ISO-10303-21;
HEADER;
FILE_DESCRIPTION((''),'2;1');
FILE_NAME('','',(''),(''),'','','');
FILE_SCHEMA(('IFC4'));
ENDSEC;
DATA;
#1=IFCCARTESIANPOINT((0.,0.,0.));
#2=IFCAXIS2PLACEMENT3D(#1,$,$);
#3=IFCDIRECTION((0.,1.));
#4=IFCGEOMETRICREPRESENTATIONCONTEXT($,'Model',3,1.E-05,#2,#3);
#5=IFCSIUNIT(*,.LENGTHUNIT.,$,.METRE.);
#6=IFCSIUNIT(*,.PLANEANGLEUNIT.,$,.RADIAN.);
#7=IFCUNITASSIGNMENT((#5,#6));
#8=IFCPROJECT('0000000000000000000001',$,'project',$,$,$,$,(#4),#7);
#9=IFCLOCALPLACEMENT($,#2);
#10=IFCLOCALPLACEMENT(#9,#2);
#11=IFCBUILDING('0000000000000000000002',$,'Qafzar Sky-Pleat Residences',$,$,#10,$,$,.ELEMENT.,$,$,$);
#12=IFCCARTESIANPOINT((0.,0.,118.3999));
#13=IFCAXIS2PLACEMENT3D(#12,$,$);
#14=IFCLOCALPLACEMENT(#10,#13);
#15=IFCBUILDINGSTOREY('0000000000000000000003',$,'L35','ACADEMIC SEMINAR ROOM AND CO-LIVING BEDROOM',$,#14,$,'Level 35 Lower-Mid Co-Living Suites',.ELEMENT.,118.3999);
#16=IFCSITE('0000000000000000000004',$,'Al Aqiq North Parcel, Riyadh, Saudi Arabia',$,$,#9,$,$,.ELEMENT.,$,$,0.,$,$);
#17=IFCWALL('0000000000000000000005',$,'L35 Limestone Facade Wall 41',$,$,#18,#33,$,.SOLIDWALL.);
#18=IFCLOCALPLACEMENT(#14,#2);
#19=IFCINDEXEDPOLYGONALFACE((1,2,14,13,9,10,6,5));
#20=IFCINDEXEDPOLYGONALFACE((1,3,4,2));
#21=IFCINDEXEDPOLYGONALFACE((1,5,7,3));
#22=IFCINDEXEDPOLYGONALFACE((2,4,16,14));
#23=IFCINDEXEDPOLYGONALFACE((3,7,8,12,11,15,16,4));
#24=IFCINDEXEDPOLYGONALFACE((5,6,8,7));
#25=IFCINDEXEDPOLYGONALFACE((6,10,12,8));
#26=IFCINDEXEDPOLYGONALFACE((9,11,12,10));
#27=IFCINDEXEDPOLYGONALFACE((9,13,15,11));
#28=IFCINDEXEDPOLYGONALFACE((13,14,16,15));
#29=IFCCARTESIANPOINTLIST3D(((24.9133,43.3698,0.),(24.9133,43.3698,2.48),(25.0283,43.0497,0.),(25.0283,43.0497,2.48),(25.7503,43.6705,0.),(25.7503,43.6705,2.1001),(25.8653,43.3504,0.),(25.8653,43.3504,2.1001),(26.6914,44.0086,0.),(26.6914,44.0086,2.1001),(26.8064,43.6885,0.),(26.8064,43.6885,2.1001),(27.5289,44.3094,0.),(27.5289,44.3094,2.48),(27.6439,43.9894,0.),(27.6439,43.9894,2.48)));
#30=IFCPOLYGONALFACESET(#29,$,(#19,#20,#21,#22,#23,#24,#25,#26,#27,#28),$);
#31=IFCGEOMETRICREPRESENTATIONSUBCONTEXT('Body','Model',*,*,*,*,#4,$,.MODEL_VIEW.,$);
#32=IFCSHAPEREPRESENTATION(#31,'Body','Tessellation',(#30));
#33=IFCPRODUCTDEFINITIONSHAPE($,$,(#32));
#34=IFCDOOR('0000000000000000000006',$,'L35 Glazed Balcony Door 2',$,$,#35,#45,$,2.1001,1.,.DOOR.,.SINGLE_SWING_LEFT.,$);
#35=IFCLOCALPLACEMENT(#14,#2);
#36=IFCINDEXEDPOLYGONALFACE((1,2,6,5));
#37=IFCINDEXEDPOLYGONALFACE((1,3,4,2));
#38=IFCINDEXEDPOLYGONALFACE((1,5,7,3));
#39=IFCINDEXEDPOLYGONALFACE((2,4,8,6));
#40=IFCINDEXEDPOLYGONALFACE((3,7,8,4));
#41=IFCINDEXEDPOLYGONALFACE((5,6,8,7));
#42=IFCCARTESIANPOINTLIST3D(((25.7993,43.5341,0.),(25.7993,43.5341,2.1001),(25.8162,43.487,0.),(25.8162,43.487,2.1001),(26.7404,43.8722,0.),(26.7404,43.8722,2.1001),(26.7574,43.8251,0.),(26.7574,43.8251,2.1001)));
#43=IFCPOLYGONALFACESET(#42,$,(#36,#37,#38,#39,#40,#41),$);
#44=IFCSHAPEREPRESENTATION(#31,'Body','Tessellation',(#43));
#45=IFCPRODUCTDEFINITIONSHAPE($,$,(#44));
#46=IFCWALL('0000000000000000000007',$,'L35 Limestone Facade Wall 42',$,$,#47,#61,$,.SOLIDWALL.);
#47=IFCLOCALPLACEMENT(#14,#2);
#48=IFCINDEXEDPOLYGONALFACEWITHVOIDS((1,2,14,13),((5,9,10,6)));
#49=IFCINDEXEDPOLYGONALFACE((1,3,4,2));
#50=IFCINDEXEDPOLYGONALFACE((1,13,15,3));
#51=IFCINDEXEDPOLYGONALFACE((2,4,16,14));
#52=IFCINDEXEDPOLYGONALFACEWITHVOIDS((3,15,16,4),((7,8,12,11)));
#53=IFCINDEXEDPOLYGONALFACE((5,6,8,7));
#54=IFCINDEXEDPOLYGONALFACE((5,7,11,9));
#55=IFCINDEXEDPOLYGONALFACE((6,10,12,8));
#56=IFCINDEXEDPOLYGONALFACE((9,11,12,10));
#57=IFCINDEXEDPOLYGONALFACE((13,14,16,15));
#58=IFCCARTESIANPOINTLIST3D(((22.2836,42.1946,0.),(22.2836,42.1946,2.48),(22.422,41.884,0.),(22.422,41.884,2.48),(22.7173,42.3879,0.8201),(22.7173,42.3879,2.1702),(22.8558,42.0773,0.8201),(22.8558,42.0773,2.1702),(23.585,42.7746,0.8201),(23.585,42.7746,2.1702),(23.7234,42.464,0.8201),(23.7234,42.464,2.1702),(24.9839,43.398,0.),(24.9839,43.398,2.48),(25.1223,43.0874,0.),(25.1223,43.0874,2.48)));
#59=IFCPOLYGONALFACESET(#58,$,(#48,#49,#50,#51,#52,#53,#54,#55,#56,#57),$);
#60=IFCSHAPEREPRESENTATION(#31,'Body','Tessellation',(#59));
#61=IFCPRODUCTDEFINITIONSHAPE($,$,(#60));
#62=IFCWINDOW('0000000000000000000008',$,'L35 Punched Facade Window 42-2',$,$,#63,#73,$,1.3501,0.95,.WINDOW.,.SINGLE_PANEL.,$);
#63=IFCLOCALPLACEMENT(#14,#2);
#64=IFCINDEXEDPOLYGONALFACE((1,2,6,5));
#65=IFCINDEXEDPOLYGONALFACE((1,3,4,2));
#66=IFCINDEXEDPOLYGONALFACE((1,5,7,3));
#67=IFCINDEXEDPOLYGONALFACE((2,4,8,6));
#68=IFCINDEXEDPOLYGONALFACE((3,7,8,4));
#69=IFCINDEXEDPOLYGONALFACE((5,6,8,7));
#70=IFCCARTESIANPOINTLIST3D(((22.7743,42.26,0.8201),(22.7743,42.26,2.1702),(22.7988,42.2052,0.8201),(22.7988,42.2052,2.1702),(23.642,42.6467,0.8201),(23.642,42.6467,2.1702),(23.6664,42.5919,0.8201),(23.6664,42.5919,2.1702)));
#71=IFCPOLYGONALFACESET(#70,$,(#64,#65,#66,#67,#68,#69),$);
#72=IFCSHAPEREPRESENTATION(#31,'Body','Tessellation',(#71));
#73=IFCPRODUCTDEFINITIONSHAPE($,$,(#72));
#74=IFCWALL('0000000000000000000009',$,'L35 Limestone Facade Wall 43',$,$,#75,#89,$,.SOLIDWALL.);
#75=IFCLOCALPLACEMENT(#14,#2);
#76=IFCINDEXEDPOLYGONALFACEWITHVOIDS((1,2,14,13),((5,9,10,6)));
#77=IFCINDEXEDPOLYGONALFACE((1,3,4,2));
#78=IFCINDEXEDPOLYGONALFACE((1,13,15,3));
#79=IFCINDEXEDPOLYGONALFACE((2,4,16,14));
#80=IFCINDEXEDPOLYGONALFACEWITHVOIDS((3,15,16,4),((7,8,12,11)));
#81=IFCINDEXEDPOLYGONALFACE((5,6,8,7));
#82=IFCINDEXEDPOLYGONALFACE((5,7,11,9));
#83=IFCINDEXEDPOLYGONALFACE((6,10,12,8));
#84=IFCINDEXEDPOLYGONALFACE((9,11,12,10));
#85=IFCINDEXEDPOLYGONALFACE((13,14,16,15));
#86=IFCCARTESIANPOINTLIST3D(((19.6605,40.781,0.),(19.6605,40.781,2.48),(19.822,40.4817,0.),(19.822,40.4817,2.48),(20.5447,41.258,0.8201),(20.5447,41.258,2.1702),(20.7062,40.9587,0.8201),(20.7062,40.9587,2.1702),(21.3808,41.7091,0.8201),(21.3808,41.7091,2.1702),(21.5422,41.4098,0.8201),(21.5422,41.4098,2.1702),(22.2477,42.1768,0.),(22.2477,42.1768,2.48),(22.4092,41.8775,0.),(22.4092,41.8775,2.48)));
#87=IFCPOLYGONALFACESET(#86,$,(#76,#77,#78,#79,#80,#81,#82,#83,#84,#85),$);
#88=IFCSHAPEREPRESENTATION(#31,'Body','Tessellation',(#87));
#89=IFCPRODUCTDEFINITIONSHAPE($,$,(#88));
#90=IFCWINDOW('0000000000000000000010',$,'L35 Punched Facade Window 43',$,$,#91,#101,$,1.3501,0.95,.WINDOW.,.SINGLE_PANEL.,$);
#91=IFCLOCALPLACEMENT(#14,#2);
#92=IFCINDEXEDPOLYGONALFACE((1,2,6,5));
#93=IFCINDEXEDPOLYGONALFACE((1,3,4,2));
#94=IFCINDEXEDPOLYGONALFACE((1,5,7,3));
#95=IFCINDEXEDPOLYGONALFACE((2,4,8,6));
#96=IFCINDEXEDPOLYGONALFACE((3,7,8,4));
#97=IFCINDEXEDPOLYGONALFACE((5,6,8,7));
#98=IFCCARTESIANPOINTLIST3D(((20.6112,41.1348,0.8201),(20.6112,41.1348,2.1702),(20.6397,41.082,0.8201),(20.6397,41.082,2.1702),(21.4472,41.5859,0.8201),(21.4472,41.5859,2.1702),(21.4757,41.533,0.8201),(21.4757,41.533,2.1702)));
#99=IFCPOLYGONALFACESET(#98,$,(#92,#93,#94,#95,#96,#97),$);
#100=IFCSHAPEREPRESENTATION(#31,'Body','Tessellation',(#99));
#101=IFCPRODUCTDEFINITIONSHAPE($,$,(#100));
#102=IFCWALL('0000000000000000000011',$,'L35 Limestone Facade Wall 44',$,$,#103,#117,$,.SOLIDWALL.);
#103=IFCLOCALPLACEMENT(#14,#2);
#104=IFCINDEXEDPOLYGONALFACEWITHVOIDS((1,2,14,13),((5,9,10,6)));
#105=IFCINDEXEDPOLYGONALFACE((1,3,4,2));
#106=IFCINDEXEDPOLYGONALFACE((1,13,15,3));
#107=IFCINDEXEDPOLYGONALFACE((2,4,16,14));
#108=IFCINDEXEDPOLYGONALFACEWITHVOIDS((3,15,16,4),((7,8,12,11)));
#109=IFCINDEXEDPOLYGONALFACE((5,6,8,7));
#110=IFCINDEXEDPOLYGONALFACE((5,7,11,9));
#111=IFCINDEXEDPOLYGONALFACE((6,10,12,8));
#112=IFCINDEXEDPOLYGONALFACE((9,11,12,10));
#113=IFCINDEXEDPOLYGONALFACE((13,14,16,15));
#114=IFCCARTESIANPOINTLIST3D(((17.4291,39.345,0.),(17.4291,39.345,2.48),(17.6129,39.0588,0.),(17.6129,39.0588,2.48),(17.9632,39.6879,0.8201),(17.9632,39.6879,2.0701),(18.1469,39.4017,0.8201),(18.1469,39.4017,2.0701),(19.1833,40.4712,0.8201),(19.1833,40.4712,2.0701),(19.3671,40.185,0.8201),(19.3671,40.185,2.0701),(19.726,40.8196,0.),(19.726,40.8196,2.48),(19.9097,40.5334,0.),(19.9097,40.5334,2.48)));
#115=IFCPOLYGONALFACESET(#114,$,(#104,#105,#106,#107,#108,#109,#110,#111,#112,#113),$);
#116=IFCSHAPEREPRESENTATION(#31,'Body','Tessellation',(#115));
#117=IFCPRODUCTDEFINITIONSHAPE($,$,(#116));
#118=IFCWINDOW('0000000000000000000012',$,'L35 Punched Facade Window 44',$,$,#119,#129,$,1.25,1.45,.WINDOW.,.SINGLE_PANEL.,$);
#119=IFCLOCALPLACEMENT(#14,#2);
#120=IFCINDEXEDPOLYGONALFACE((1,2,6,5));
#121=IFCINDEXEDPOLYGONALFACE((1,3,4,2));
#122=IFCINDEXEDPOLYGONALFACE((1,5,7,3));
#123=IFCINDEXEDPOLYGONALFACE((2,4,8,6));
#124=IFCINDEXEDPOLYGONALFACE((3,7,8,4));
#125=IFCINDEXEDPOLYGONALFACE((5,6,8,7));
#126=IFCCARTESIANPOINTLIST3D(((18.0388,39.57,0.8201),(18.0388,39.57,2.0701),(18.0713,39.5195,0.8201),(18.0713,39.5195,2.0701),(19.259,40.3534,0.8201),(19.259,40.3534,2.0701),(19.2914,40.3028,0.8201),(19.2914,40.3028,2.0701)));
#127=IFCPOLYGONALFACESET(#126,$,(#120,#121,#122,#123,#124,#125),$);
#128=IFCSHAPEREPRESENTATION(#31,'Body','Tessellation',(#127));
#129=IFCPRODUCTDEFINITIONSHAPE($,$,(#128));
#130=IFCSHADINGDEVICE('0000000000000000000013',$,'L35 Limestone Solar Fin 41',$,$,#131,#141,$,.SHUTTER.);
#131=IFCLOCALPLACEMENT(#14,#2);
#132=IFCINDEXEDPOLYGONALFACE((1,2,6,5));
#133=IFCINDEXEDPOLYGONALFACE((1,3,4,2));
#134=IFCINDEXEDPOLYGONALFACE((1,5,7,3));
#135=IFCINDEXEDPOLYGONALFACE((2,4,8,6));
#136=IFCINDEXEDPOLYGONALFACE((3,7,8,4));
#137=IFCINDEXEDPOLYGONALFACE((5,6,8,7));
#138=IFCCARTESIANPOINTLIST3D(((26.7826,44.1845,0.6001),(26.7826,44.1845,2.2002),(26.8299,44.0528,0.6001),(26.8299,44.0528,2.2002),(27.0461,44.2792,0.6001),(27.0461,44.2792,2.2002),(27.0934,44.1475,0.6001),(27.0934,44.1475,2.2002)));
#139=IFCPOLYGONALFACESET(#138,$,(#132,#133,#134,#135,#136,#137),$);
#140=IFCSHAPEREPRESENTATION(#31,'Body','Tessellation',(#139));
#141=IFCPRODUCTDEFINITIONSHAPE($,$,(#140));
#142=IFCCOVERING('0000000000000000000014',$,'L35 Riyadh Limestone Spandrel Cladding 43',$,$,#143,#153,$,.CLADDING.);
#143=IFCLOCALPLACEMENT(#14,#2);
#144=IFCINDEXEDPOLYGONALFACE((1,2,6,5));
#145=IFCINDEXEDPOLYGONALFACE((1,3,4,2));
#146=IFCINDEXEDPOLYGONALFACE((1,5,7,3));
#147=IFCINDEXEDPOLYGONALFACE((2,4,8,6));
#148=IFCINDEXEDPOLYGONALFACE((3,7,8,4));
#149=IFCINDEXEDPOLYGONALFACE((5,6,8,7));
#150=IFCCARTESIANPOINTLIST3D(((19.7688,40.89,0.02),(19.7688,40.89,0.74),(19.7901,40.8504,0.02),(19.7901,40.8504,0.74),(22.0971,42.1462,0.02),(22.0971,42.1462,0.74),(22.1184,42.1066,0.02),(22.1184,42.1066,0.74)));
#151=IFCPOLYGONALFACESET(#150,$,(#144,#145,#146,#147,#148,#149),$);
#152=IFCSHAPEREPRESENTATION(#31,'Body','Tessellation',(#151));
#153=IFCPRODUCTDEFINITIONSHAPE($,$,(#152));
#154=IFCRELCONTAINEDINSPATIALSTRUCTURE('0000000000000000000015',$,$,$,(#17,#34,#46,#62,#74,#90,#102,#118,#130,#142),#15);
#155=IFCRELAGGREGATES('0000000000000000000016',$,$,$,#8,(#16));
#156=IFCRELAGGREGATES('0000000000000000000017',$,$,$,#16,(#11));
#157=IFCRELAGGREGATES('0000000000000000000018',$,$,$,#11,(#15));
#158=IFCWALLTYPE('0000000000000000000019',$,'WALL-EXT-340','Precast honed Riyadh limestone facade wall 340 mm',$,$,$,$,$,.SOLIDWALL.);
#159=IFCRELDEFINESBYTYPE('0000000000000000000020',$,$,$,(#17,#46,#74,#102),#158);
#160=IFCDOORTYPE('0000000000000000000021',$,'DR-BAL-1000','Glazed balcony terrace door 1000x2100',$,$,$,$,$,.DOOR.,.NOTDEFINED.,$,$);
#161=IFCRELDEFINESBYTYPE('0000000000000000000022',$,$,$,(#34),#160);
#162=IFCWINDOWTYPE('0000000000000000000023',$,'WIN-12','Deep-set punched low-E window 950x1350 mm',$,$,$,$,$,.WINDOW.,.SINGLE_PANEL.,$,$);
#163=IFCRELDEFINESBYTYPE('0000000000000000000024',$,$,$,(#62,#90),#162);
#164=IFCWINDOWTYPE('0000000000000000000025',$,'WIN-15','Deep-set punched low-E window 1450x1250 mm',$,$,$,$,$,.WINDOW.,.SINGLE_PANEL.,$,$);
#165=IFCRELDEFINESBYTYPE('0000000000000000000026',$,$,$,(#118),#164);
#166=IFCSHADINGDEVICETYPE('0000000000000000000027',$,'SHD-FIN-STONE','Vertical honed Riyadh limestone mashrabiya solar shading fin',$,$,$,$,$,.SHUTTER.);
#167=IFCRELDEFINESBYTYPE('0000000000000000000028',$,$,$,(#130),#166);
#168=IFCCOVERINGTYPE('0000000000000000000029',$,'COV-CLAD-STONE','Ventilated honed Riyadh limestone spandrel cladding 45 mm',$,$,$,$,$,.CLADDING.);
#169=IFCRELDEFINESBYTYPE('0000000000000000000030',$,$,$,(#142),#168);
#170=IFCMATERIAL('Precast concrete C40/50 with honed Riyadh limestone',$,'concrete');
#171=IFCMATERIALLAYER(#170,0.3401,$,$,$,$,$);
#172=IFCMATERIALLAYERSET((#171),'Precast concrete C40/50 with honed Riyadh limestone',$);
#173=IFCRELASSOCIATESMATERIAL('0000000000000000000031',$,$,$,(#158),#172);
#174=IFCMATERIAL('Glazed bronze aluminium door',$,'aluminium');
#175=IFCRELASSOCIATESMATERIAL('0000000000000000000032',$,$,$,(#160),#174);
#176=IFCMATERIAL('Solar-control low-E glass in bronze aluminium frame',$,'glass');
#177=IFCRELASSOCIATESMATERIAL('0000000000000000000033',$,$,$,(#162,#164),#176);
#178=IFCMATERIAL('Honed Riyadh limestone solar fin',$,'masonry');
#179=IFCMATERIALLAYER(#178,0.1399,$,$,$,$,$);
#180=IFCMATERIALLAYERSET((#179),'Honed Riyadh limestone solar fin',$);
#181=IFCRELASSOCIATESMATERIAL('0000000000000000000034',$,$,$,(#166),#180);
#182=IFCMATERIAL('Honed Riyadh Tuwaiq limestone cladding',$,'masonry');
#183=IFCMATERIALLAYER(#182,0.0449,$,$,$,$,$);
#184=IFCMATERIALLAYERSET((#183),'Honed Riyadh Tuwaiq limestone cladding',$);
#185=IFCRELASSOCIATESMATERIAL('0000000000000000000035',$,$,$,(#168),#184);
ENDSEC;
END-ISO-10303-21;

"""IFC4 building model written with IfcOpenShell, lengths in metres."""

from ifc_helpers import new_model, si_unit, direction, frame, frame_2d, origin, origin_2d, place, context, subcontext, project, spatial, rectangle, extrude, source, transform, mapped, material, layer, layer_set, type_object, element, fill, save


model = new_model("IFC4")

# Units and contexts
model_context = context("Model", 3, precision=1e-05, world=origin(), true_north=direction((0.0, 1.0)))
body_context = subcontext(model_context, "Body", "Model", "MODEL_VIEW")
ifc_project = project(units=[si_unit("LENGTHUNIT", "METRE"), si_unit("PLANEANGLEUNIT", "RADIAN")], contexts=[model_context])

# Site, building, storey
site_placement = place(None, origin())
site = spatial("IfcSite", under=ifc_project, at=site_placement, Name="Al Aqiq North Parcel, Riyadh, Saudi Arabia", CompositionType="ELEMENT", RefElevation=0.0)
building_placement = place(site_placement, origin())
building = spatial("IfcBuilding", under=site, at=building_placement, Name="Qafzar Sky-Pleat Residences", CompositionType="ELEMENT")
storey_placement = place(building_placement, frame((0.0, 0.0, 118.3999)))
storey = spatial("IfcBuildingStorey", under=building, at=storey_placement, Name="L35", Description="ACADEMIC SEMINAR ROOM AND CO-LIVING BEDROOM", LongName="Level 35 Lower-Mid Co-Living Suites", CompositionType="ELEMENT", Elevation=118.3999)

# Wall, opening, door
ifc_material_1 = material(Name="Precast concrete C40/50 with honed Riyadh limestone", Category="concrete")
ifc_layer_1 = layer(ifc_material_1, 0.3401)
ifc_layer_set_1 = layer_set([ifc_layer_1], Name="Precast concrete C40/50 with honed Riyadh limestone")
wall_type_1 = type_object("IfcWallType", Name="WALL-EXT-340", Description="Precast honed Riyadh limestone facade wall 340 mm", PredefinedType="SOLIDWALL", material=ifc_layer_set_1)
wall_1_placement = place(storey_placement, frame((27.5864, 44.1494, 0.0), z_axis=(0.0, 0.0, 1.0), x_axis=(-0.941112, -0.338094, 0.0)))
wall_1 = element("IfcWall", 1, at=wall_1_placement, inside=storey, type_object=wall_type_1, Name="L35 Limestone Facade Wall 41", PredefinedType="SOLIDWALL", context=body_context, shape_type="SweptSolid", body=[
    extrude(rectangle(XDim=2.7793, YDim=0.3401, at=frame_2d((1.3896, 0.0))), origin(), (0.0, 0.0, 1.0), 2.48),
])
opening_1_placement = place(wall_1_placement, frame((0.8899, 0.0, 0.0)))
opening_1 = element("IfcOpeningElement", 2, at=opening_1_placement, cuts=wall_1, PredefinedType="OPENING", context=body_context, shape_type="SweptSolid", body=[
    extrude(rectangle(XDim=1.0, YDim=2.1001, at=frame_2d((0.5, 1.05))), frame((0.0, 0.1802, 0.0), z_axis=(0.0, -1.0, 0.0), x_axis=(1.0, 0.0, 0.0)), (0.0, 0.0, 1.0), 0.3601),
])
ifc_material_2 = material(Name="Glazed bronze aluminium door", Category="aluminium")
door_type_1 = type_object("IfcDoorType", Name="DR-BAL-1000", Description="Glazed balcony terrace door 1000x2100", OperationType="NOTDEFINED", PredefinedType="DOOR", material=ifc_material_2)
shared_shape_1 = source(origin(), body_context, "Body", "SweptSolid", [
    extrude(rectangle(XDim=1.0, YDim=2.1001, at=frame_2d((0.5, 1.05))), frame((0.0, 0.0249, 0.0), z_axis=(0.0, -1.0, 0.0), x_axis=(1.0, 0.0, 0.0)), (0.0, 0.0, 1.0), 0.05),
])
door_1_placement = place(opening_1_placement, origin())
door_1 = element("IfcDoor", 3, at=door_1_placement, inside=storey, type_object=door_type_1, Name="L35 Glazed Balcony Door 2", OperationType="SINGLE_SWING_LEFT", OverallHeight=2.1001, OverallWidth=1.0, PredefinedType="DOOR", context=body_context, shape_type="MappedRepresentation", body=[
    mapped(shared_shape_1, transform((0.0, 0.0, 0.0), x_axis=(1.0, 0.0, 0.0), y_axis=(0.0, 1.0, 0.0), z_axis=(0.0, 0.0, 1.0), scale=1.0)),
])
fill(opening_1, door_1)

# Walls, openings, windows
wall_2_placement = place(storey_placement, frame((25.053, 43.2427, 0.0), z_axis=(0.0, 0.0, 1.0), x_axis=(-0.913399, -0.407065, 0.0)))
wall_2 = element("IfcWall", 4, at=wall_2_placement, inside=storey, type_object=wall_type_1, Name="L35 Limestone Facade Wall 42", PredefinedType="SOLIDWALL", context=body_context, shape_type="SweptSolid", body=[
    extrude(rectangle(XDim=2.9563, YDim=0.3401, at=frame_2d((1.478, 0.0))), origin(), (0.0, 0.0, 1.0), 2.48),
])
opening_2_placement = place(wall_2_placement, frame((1.5312, 0.0, 0.8201)))
opening_2 = element("IfcOpeningElement", 5, at=opening_2_placement, cuts=wall_2, PredefinedType="OPENING", context=body_context, shape_type="SweptSolid", body=[
    extrude(rectangle(XDim=0.95, YDim=1.3501, at=frame_2d((0.4751, 0.675))), frame((0.0, 0.1802, 0.0), z_axis=(0.0, -1.0, 0.0), x_axis=(1.0, 0.0, 0.0)), (0.0, 0.0, 1.0), 0.3601),
])
ifc_material_3 = material(Name="Solar-control low-E glass in bronze aluminium frame", Category="glass")
window_type_1 = type_object("IfcWindowType", Name="WIN-12", Description="Deep-set punched low-E window 950x1350 mm", PartitioningType="SINGLE_PANEL", PredefinedType="WINDOW", material=ifc_material_3)
shared_shape_2 = source(origin(), body_context, "Body", "SweptSolid", [
    extrude(rectangle(XDim=0.95, YDim=1.3501, at=frame_2d((0.4751, 0.675))), frame((0.0, 0.03, 0.0), z_axis=(0.0, -1.0, 0.0), x_axis=(1.0, 0.0, 0.0)), (0.0, 0.0, 1.0), 0.0601),
])
window_1_placement = place(opening_2_placement, origin())
window_1 = element("IfcWindow", 6, at=window_1_placement, inside=storey, type_object=window_type_1, Name="L35 Punched Facade Window 42-2", OverallHeight=1.3501, OverallWidth=0.95, PartitioningType="SINGLE_PANEL", PredefinedType="WINDOW", context=body_context, shape_type="MappedRepresentation", body=[
    mapped(shared_shape_2, transform((0.0, 0.0, 0.0), x_axis=(1.0, 0.0, 0.0), y_axis=(0.0, 1.0, 0.0), z_axis=(0.0, 0.0, 1.0), scale=1.0)),
])
fill(opening_2, window_1)
wall_3_placement = place(storey_placement, frame((22.3284, 42.0271, 0.0), z_axis=(0.0, 0.0, 1.0), x_axis=(-0.880092, -0.474803, 0.0)))
wall_3 = element("IfcWall", 7, at=wall_3_placement, inside=storey, type_object=wall_type_1, Name="L35 Limestone Facade Wall 43", PredefinedType="SOLIDWALL", context=body_context, shape_type="SweptSolid", body=[
    extrude(rectangle(XDim=2.9397, YDim=0.3401, at=frame_2d((1.4697, 0.0))), origin(), (0.0, 0.0, 1.0), 2.48),
])
opening_3_placement = place(wall_3_placement, frame((0.9849, 0.0, 0.8201)))
opening_3 = element("IfcOpeningElement", 8, at=opening_3_placement, cuts=wall_3, PredefinedType="OPENING", context=body_context, shape_type="SweptSolid", body=[
    extrude(rectangle(XDim=0.95, YDim=1.3501, at=frame_2d((0.4751, 0.675))), frame((0.0, 0.1802, 0.0), z_axis=(0.0, -1.0, 0.0), x_axis=(1.0, 0.0, 0.0)), (0.0, 0.0, 1.0), 0.3601),
])
window_2_placement = place(opening_3_placement, origin())
window_2 = element("IfcWindow", 9, at=window_2_placement, inside=storey, type_object=window_type_1, Name="L35 Punched Facade Window 43", OverallHeight=1.3501, OverallWidth=0.95, PartitioningType="SINGLE_PANEL", PredefinedType="WINDOW", context=body_context, shape_type="MappedRepresentation", body=[
    mapped(shared_shape_2, transform((0.0, 0.0, 0.0), x_axis=(1.0, 0.0, 0.0), y_axis=(0.0, 1.0, 0.0), z_axis=(0.0, 0.0, 1.0), scale=1.0)),
])
fill(opening_3, window_2)
wall_4_placement = place(storey_placement, frame((19.8179, 40.6765, 0.0), z_axis=(0.0, 0.0, 1.0), x_axis=(-0.841504, -0.540251, 0.0)))
wall_4 = element("IfcWall", 10, at=wall_4_placement, inside=storey, type_object=wall_type_1, Name="L35 Limestone Facade Wall 44", PredefinedType="SOLIDWALL", context=body_context, shape_type="SweptSolid", body=[
    extrude(rectangle(XDim=2.7295, YDim=0.3401, at=frame_2d((1.3647, 0.0))), origin(), (0.0, 0.0, 1.0), 2.48),
])
opening_4_placement = place(wall_4_placement, frame((0.6448, 0.0, 0.8201)))
opening_4 = element("IfcOpeningElement", 11, at=opening_4_placement, cuts=wall_4, PredefinedType="OPENING", context=body_context, shape_type="SweptSolid", body=[
    extrude(rectangle(XDim=1.45, YDim=1.25, at=frame_2d((0.7251, 0.625))), frame((0.0, 0.1802, 0.0), z_axis=(0.0, -1.0, 0.0), x_axis=(1.0, 0.0, 0.0)), (0.0, 0.0, 1.0), 0.3601),
])
window_type_2 = type_object("IfcWindowType", Name="WIN-15", Description="Deep-set punched low-E window 1450x1250 mm", PartitioningType="SINGLE_PANEL", PredefinedType="WINDOW", material=ifc_material_3)
shared_shape_3 = source(origin(), body_context, "Body", "SweptSolid", [
    extrude(rectangle(XDim=1.45, YDim=1.25, at=frame_2d((0.7251, 0.625))), frame((0.0, 0.03, 0.0), z_axis=(0.0, -1.0, 0.0), x_axis=(1.0, 0.0, 0.0)), (0.0, 0.0, 1.0), 0.0601),
])
window_3_placement = place(opening_4_placement, origin())
window_3 = element("IfcWindow", 12, at=window_3_placement, inside=storey, type_object=window_type_2, Name="L35 Punched Facade Window 44", OverallHeight=1.25, OverallWidth=1.45, PartitioningType="SINGLE_PANEL", PredefinedType="WINDOW", context=body_context, shape_type="MappedRepresentation", body=[
    mapped(shared_shape_3, transform((0.0, 0.0, 0.0), x_axis=(1.0, 0.0, 0.0), y_axis=(0.0, 1.0, 0.0), z_axis=(0.0, 0.0, 1.0), scale=1.0)),
])
fill(opening_4, window_3)

# Shading device
ifc_material_4 = material(Name="Honed Riyadh limestone solar fin", Category="masonry")
ifc_layer_2 = layer(ifc_material_4, 0.1399)
ifc_layer_set_2 = layer_set([ifc_layer_2], Name="Honed Riyadh limestone solar fin")
shading_device_type = type_object("IfcShadingDeviceType", Name="SHD-FIN-STONE", Description="Vertical honed Riyadh limestone mashrabiya solar shading fin", PredefinedType="SHUTTER", material=ifc_layer_set_2)
shared_shape_4 = source(origin(), body_context, "Body", "SweptSolid", [
    extrude(rectangle(XDim=0.1399, YDim=0.28, at=origin_2d()), origin(), (0.0, 0.0, 1.0), 1.6001),
])
shading_device_placement = place(storey_placement, frame((26.938, 44.166, 0.6001), z_axis=(0.0, 0.0, 1.0), x_axis=(-0.338171, 0.941085, 0.0)))
element("IfcShadingDevice", 13, at=shading_device_placement, inside=storey, type_object=shading_device_type, Name="L35 Limestone Solar Fin 41", PredefinedType="SHUTTER", context=body_context, shape_type="MappedRepresentation", body=[
    mapped(shared_shape_4, transform((0.0, 0.0, 0.0), x_axis=(1.0, 0.0, 0.0), y_axis=(0.0, 1.0, 0.0), z_axis=(0.0, 0.0, 1.0), scale=1.0)),
])

# Covering
ifc_material_5 = material(Name="Honed Riyadh Tuwaiq limestone cladding", Category="masonry")
ifc_layer_3 = layer(ifc_material_5, 0.0449)
ifc_layer_set_3 = layer_set([ifc_layer_3], Name="Honed Riyadh Tuwaiq limestone cladding")
covering_type = type_object("IfcCoveringType", Name="COV-CLAD-STONE", Description="Ventilated honed Riyadh limestone spandrel cladding 45 mm", PredefinedType="CLADDING", material=ifc_layer_set_3)
shared_shape_5 = source(origin(), body_context, "Body", "SweptSolid", [
    extrude(rectangle(XDim=2.6455, YDim=0.0449, at=origin_2d()), origin(), (0.0, 0.0, 1.0), 0.72),
])
covering_placement = place(storey_placement, frame((20.9436, 41.4983, 0.02), z_axis=(0.0, 0.0, 1.0), x_axis=(-0.880073, -0.474838, 0.0)))
element("IfcCovering", 14, at=covering_placement, inside=storey, type_object=covering_type, Name="L35 Riyadh Limestone Spandrel Cladding 43", PredefinedType="CLADDING", context=body_context, shape_type="MappedRepresentation", body=[
    mapped(shared_shape_5, transform((0.0, 0.0, 0.0), x_axis=(1.0, 0.0, 0.0), y_axis=(0.0, 1.0, 0.0), z_axis=(0.0, 0.0, 1.0), scale=1.0)),
])

save(model, "model.ifc")
